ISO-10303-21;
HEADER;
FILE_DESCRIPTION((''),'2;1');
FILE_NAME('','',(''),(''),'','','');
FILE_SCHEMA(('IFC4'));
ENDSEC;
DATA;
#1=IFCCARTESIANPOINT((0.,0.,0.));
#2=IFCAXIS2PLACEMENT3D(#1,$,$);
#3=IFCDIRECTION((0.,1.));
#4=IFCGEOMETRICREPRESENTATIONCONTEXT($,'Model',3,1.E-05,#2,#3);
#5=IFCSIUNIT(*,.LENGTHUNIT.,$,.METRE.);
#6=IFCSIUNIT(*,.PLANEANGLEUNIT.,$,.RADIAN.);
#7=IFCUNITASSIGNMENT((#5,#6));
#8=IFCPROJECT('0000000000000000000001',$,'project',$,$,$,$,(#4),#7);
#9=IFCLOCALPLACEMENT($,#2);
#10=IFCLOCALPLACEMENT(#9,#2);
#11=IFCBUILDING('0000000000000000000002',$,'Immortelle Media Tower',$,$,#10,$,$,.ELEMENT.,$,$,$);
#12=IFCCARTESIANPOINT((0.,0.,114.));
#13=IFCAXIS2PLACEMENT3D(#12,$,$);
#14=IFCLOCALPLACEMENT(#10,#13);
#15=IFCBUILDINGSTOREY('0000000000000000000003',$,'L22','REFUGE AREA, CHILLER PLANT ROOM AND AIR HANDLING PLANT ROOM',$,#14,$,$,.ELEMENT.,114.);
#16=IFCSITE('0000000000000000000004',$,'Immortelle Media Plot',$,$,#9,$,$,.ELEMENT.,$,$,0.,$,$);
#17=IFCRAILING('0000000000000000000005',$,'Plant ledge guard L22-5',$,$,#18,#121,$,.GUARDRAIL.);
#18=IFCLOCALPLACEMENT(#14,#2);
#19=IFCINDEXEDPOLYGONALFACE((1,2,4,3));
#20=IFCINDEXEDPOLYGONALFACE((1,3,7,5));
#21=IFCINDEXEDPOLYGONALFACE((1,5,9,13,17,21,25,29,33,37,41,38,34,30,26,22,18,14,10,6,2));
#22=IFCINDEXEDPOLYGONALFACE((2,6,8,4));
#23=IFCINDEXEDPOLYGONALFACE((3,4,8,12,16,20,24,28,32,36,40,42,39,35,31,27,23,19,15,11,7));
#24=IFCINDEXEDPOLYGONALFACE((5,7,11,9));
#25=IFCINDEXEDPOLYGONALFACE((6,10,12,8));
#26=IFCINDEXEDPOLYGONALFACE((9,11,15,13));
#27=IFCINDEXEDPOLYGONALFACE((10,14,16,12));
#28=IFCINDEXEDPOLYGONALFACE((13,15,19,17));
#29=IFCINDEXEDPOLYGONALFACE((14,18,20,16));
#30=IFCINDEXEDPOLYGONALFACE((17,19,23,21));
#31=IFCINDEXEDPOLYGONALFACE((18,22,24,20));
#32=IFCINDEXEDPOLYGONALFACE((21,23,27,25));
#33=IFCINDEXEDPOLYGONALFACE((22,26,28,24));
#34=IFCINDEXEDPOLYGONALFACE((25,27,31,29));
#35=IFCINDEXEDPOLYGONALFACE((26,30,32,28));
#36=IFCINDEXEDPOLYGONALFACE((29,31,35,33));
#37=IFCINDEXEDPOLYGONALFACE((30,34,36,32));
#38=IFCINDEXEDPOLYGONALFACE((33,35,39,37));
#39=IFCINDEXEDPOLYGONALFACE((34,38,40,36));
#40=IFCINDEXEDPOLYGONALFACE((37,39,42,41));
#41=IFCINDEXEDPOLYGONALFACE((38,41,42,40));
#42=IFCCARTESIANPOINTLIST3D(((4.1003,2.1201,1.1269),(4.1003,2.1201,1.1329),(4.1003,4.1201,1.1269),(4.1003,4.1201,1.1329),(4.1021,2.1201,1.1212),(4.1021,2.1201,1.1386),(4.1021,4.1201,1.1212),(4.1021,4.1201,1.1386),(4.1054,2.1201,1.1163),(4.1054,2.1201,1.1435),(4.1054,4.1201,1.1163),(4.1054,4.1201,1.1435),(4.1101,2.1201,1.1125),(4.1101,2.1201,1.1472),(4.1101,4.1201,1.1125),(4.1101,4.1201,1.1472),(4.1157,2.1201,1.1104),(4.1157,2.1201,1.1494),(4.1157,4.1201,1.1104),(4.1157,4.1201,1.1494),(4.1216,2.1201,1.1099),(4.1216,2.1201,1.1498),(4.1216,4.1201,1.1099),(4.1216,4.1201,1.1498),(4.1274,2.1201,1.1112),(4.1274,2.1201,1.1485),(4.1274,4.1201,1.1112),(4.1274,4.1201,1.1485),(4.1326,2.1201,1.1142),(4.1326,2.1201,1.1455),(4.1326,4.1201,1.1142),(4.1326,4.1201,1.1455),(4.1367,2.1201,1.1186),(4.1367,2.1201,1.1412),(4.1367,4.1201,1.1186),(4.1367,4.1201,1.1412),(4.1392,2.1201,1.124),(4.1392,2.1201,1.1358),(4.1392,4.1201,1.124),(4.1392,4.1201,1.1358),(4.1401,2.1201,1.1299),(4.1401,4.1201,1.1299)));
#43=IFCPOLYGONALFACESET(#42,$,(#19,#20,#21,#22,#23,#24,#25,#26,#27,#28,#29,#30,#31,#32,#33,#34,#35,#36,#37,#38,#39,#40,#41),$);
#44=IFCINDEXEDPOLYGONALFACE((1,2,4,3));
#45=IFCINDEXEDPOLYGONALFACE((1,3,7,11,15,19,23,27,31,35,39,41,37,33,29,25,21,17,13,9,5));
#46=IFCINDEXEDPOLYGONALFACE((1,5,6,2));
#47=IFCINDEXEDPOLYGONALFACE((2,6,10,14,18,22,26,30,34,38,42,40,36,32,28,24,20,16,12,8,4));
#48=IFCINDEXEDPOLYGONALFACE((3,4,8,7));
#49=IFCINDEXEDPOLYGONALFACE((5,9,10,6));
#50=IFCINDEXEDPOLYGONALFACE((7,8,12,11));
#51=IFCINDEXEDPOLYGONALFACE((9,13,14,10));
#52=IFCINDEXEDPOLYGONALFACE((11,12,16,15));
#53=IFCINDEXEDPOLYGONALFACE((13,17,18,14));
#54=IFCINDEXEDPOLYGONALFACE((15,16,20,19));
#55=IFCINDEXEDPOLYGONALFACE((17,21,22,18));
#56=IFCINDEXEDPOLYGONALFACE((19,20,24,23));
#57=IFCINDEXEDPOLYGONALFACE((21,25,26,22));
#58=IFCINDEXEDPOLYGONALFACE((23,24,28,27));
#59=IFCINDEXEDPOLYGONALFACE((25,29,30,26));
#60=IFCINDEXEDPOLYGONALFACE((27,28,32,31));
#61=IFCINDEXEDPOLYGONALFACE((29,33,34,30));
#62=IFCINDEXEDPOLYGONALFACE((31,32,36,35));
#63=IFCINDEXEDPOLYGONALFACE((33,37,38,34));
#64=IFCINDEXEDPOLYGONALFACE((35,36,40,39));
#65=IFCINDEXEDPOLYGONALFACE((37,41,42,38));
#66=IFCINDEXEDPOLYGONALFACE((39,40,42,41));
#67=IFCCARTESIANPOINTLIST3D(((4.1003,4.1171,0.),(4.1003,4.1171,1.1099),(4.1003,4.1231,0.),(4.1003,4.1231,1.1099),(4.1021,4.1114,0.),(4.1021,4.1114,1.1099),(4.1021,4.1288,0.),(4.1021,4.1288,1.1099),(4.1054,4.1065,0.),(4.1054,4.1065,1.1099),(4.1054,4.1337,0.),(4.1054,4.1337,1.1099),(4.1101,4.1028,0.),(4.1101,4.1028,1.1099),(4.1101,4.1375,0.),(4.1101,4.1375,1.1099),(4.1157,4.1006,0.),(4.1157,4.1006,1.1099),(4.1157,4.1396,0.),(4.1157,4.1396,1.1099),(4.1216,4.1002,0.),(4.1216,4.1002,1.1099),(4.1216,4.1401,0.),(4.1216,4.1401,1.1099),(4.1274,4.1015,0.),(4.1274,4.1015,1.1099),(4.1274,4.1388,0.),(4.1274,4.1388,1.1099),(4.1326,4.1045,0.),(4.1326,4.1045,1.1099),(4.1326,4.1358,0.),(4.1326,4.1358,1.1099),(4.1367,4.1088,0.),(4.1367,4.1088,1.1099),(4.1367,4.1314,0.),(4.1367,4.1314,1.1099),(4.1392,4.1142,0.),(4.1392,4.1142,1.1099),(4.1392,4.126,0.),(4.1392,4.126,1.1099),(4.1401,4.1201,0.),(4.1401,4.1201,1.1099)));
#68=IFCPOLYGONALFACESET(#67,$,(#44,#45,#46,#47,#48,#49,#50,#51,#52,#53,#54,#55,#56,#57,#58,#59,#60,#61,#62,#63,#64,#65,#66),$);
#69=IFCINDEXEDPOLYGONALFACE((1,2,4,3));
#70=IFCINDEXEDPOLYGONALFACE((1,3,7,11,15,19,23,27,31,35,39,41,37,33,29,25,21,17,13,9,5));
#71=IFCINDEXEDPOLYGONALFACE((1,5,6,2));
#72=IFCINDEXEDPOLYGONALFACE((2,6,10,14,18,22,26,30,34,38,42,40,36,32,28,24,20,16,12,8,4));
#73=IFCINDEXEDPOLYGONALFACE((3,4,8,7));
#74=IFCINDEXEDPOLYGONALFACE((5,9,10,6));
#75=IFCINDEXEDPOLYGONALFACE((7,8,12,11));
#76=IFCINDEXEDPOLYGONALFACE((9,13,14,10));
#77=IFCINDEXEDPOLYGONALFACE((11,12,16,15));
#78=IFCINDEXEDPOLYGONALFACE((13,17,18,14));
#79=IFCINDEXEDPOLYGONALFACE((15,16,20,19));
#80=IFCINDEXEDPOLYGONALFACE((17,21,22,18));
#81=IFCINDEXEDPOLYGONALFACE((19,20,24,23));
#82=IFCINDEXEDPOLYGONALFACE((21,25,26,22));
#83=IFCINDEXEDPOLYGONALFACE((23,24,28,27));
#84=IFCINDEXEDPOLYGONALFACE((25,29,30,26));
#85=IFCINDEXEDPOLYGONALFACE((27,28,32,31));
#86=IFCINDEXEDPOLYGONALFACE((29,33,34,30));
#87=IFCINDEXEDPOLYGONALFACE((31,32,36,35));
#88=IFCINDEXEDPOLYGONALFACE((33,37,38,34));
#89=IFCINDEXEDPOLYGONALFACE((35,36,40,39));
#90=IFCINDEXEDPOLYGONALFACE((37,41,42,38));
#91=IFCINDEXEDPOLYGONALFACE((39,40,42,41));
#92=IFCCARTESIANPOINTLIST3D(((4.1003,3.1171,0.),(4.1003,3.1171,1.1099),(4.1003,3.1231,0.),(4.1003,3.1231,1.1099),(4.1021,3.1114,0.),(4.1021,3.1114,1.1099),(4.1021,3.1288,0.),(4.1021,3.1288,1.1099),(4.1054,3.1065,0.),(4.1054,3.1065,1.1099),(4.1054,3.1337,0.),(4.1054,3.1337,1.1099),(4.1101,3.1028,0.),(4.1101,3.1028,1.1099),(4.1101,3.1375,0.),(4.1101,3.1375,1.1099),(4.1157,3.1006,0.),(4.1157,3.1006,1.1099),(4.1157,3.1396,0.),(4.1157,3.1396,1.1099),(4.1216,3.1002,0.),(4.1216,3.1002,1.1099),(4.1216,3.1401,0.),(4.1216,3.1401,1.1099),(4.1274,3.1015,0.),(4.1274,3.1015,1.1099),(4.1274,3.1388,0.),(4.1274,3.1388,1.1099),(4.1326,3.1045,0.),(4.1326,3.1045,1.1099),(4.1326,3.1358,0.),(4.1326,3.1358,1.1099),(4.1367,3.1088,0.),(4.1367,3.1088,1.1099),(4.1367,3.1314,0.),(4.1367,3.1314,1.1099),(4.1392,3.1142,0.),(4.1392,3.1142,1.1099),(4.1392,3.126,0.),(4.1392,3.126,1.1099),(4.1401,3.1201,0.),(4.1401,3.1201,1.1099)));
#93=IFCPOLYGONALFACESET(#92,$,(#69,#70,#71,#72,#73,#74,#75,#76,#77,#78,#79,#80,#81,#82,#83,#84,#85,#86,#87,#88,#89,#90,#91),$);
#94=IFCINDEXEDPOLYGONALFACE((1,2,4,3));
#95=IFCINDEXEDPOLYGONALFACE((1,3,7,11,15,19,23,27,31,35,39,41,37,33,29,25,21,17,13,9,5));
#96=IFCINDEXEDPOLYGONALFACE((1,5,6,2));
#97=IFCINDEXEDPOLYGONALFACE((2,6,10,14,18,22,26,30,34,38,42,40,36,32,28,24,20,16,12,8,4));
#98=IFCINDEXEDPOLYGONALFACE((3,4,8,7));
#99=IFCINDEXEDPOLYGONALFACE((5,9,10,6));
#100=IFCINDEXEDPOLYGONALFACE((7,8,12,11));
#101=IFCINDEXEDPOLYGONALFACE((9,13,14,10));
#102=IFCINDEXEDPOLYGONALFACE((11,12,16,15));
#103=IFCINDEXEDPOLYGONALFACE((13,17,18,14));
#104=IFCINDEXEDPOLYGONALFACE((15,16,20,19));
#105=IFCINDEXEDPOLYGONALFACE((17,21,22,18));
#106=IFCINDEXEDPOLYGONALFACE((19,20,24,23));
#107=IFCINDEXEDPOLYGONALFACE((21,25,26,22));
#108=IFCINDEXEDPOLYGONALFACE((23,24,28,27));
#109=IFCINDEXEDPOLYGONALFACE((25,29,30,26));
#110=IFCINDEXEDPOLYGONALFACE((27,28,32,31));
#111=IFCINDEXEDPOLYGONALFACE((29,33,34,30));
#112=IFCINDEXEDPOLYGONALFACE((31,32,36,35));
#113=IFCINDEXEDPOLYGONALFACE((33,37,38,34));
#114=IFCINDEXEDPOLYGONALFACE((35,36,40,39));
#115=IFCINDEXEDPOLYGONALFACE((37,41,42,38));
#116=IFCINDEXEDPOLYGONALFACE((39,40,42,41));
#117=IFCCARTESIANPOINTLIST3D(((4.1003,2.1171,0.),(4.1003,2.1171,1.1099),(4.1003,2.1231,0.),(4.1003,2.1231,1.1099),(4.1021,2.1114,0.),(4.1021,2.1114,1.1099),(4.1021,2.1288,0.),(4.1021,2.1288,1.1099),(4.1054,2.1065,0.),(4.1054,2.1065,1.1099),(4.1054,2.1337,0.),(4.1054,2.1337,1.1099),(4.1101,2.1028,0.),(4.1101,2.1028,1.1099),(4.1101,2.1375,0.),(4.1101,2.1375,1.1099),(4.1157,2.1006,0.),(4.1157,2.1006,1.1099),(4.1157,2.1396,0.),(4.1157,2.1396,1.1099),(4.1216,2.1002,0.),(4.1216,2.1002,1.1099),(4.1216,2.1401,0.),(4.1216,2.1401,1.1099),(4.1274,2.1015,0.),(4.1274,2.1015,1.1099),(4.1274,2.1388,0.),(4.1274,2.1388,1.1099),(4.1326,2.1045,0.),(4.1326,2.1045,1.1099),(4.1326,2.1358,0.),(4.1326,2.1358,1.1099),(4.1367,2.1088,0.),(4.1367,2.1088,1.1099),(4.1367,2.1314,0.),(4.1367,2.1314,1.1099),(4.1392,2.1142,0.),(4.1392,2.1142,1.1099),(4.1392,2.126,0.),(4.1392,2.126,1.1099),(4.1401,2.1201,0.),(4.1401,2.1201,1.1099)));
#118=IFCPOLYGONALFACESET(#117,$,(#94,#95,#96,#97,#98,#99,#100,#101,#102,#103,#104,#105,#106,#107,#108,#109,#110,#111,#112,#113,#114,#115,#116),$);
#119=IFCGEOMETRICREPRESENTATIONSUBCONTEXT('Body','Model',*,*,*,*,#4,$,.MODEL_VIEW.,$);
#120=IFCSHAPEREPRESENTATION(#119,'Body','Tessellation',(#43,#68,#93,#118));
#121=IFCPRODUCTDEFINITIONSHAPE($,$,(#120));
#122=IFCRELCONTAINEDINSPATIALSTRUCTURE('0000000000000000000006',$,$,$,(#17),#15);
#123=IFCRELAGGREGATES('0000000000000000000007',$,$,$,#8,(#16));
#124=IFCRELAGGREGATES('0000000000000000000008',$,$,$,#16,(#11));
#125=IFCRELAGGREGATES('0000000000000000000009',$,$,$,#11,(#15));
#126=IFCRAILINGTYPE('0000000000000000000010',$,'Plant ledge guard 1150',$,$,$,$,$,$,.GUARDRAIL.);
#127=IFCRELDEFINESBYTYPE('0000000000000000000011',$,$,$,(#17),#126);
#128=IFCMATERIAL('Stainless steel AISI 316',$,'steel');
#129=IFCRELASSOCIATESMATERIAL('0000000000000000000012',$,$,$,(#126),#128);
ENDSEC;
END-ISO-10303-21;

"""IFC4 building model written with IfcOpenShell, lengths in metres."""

from ifc_helpers import new_model, si_unit, direction, frame, origin, origin_2d, place, context, subcontext, project, spatial, circle, extrude, material, type_object, element, save


model = new_model("IFC4")

# Units and contexts
model_context = context("Model", 3, precision=1e-05, world=origin(), true_north=direction((0.0, 1.0)))
body_context = subcontext(model_context, "Body", "Model", "MODEL_VIEW")
ifc_project = project(units=[si_unit("LENGTHUNIT", "METRE"), si_unit("PLANEANGLEUNIT", "RADIAN")], contexts=[model_context])

# Site, building, storey
site_placement = place(None, origin())
site = spatial("IfcSite", under=ifc_project, at=site_placement, Name="Immortelle Media Plot", CompositionType="ELEMENT", RefElevation=0.0)
building_placement = place(site_placement, origin())
building = spatial("IfcBuilding", under=site, at=building_placement, Name="Immortelle Media Tower", CompositionType="ELEMENT")
storey_placement = place(building_placement, frame((0.0, 0.0, 114.0)))
storey = spatial("IfcBuildingStorey", under=building, at=storey_placement, Name="L22", Description="REFUGE AREA, CHILLER PLANT ROOM AND AIR HANDLING PLANT ROOM", CompositionType="ELEMENT", Elevation=114.0)

# Railing
ifc_material_1 = material(Name="Stainless steel AISI 316", Category="steel")
railing_type = type_object("IfcRailingType", Name="Plant ledge guard 1150", PredefinedType="GUARDRAIL", material=ifc_material_1)
railing_1_placement = place(storey_placement, frame((4.1201, 4.1201, 0.0)))
element("IfcRailing", 1, at=railing_1_placement, inside=storey, type_object=railing_type, Name="Plant ledge guard L22-5", PredefinedType="GUARDRAIL", context=body_context, shape_type="SweptSolid", body=[
    extrude(circle(Radius=0.02, at=origin_2d()), frame((0.0, 0.0, 1.1299), z_axis=(0.0, -1.0, 0.0), x_axis=(1.0, 0.0, 0.0)), (0.0, 0.0, 1.0), 2.0),
    extrude(circle(Radius=0.02, at=origin_2d()), origin(), (0.0, 0.0, 1.0), 1.1099),
    extrude(circle(Radius=0.02, at=origin_2d()), frame((0.0, -1.0, 0.0)), (0.0, 0.0, 1.0), 1.1099),
    extrude(circle(Radius=0.02, at=origin_2d()), frame((0.0, -2.0, 0.0)), (0.0, 0.0, 1.0), 1.1099),
])

save(model, "model.ifc")
